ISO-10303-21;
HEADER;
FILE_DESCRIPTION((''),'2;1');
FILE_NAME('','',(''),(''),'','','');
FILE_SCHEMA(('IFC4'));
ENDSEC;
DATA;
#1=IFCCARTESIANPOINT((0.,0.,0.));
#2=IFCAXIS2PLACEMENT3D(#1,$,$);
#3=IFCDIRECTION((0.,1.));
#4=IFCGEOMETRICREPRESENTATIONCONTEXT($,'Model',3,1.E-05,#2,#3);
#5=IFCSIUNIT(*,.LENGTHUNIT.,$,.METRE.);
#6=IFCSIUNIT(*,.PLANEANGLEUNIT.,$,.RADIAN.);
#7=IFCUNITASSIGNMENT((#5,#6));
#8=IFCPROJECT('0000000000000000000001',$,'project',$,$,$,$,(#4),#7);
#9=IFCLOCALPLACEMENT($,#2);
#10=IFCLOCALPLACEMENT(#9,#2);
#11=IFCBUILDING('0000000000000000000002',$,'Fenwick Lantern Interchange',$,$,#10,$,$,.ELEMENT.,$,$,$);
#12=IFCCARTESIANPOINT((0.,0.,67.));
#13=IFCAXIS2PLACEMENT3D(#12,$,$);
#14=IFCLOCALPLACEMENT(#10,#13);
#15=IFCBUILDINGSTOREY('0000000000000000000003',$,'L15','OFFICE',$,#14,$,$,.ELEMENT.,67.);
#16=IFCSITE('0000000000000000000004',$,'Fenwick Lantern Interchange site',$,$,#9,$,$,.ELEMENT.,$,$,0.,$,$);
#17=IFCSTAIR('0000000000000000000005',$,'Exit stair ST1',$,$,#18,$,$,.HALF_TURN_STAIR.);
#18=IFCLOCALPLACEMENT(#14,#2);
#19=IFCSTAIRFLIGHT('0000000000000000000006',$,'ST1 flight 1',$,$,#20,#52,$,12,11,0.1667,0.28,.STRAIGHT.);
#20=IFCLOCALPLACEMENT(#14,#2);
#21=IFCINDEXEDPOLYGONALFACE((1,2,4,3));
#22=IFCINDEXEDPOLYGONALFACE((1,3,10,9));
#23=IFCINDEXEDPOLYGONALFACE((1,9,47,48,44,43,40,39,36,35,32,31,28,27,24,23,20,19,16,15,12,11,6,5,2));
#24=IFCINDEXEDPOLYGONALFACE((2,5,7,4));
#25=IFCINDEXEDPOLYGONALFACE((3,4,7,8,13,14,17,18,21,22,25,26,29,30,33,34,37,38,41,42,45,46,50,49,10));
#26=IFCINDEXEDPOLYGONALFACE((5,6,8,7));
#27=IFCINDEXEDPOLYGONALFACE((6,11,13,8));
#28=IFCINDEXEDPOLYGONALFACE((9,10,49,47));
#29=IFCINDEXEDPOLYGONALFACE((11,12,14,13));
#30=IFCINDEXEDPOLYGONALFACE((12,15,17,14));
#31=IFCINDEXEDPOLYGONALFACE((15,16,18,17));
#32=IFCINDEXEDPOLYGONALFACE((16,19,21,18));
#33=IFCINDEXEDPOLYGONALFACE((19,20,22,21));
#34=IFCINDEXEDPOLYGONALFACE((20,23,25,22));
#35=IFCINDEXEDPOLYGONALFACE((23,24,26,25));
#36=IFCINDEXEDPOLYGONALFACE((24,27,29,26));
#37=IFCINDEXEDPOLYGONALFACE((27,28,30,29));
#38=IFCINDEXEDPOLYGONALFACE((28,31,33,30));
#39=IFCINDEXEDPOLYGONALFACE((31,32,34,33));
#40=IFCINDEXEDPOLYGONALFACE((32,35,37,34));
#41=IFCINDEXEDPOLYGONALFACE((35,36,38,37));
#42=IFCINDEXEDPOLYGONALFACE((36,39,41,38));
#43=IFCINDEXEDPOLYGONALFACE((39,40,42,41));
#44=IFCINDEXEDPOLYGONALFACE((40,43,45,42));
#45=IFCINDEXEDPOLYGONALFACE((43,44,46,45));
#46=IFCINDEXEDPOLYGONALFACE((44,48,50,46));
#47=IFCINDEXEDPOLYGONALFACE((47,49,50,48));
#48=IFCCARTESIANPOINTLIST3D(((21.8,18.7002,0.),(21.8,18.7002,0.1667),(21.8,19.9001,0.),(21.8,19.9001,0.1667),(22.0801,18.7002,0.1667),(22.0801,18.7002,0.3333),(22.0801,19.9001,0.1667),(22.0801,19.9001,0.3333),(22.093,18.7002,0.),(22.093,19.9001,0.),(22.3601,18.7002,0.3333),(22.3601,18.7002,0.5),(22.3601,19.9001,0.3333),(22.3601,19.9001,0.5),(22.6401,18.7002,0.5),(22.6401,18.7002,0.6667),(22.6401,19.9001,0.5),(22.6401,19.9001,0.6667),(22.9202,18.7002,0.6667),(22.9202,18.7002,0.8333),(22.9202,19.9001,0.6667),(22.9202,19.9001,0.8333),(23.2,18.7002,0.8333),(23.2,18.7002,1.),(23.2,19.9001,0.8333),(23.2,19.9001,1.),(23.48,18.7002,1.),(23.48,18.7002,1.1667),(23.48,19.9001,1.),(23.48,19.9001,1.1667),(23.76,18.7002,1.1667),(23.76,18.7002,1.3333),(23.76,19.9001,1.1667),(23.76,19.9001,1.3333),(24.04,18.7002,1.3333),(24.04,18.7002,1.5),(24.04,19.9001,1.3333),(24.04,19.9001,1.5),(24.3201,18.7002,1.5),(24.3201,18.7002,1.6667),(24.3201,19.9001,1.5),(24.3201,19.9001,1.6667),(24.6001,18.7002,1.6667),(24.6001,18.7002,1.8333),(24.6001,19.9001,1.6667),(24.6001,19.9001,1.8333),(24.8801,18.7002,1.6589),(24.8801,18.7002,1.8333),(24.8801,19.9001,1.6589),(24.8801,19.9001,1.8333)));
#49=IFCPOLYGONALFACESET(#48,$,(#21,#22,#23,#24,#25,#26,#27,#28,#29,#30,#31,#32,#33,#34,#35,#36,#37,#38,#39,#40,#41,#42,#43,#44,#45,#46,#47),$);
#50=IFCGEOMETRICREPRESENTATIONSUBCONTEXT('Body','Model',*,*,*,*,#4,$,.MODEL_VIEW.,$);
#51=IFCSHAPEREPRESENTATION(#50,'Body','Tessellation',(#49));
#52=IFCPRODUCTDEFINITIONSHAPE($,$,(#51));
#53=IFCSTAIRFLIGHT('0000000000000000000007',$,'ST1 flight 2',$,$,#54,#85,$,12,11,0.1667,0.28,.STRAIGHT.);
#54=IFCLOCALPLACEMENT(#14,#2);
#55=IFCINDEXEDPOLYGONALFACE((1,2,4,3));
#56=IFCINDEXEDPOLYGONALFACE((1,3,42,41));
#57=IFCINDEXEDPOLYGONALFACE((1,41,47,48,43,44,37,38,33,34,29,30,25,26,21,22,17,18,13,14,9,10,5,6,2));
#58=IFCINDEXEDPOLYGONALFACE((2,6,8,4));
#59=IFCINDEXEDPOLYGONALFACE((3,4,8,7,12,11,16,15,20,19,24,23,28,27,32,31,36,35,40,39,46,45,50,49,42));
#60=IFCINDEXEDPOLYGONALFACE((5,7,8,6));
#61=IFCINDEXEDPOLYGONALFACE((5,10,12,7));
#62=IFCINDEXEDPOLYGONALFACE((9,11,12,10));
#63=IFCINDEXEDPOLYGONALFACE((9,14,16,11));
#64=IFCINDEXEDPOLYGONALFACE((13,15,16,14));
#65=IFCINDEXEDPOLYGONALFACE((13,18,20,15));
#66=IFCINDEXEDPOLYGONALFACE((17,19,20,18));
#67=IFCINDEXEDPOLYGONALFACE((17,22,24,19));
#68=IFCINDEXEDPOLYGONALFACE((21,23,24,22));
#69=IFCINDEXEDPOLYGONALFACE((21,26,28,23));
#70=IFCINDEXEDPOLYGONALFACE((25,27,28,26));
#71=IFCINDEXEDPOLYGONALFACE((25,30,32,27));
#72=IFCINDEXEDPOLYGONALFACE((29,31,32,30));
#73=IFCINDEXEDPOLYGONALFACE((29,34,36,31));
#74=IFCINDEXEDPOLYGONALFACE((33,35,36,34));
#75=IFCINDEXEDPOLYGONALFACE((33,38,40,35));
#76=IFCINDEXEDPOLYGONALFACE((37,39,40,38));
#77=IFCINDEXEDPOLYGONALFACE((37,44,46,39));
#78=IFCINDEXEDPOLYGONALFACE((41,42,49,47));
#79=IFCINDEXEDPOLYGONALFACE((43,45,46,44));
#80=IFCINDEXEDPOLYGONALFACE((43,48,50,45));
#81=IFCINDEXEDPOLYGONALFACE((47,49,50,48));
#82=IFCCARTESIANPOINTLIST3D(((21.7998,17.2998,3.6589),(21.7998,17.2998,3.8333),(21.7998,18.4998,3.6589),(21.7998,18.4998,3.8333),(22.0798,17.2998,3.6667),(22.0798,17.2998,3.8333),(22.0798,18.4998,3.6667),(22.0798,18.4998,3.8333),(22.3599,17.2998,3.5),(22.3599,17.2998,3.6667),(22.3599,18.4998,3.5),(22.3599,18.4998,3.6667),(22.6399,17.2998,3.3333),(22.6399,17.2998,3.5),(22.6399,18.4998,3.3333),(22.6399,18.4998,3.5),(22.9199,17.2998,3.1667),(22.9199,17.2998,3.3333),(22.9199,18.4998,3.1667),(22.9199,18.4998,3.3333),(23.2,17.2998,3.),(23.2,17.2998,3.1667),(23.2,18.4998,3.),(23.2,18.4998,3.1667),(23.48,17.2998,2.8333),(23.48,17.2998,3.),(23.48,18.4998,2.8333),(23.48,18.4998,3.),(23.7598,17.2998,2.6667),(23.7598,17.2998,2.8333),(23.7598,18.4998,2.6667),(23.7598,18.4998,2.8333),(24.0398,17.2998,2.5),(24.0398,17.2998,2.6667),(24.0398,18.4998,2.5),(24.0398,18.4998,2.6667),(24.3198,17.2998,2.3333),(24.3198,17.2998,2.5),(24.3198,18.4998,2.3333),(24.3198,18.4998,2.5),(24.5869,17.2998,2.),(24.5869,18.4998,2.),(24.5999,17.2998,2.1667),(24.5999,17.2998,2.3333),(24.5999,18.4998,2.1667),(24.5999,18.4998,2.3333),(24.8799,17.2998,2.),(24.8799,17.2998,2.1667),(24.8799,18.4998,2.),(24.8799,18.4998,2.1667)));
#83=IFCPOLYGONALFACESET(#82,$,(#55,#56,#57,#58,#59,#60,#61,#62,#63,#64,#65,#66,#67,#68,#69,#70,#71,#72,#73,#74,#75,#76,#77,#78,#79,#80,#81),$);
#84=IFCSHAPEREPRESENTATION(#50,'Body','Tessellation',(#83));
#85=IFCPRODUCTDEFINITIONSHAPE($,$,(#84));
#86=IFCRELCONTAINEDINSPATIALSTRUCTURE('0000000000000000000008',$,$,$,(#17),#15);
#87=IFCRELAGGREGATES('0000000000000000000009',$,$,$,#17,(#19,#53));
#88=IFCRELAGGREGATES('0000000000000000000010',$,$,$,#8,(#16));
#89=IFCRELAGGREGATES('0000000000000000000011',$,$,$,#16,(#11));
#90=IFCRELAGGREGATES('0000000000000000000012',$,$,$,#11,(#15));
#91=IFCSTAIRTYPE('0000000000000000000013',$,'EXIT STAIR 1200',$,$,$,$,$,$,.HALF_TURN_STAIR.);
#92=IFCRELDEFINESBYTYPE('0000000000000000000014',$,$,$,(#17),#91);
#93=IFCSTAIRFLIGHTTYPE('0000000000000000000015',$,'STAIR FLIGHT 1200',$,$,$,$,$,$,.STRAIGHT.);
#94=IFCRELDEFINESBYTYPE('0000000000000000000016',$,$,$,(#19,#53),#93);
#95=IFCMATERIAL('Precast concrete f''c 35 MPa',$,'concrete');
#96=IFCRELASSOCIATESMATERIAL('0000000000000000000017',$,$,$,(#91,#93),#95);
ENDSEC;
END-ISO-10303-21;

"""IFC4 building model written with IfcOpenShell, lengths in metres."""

from ifc_helpers import new_model, si_unit, direction, frame, origin, place, context, subcontext, project, spatial, polyline, outline, extrude, material, type_object, element, aggregate, save


model = new_model("IFC4")

# Units and contexts
model_context = context("Model", 3, precision=1e-05, world=origin(), true_north=direction((0.0, 1.0)))
body_context = subcontext(model_context, "Body", "Model", "MODEL_VIEW")
ifc_project = project(units=[si_unit("LENGTHUNIT", "METRE"), si_unit("PLANEANGLEUNIT", "RADIAN")], contexts=[model_context])

# Site, building, storey
site_placement = place(None, origin())
site = spatial("IfcSite", under=ifc_project, at=site_placement, Name="Fenwick Lantern Interchange site", CompositionType="ELEMENT", RefElevation=0.0)
building_placement = place(site_placement, origin())
building = spatial("IfcBuilding", under=site, at=building_placement, Name="Fenwick Lantern Interchange", CompositionType="ELEMENT")
storey_placement = place(building_placement, frame((0.0, 0.0, 67.0)))
storey = spatial("IfcBuildingStorey", under=building, at=storey_placement, Name="L15", Description="OFFICE", CompositionType="ELEMENT", Elevation=67.0)

# Stair, stair flights
ifc_material_1 = material(Name="Precast concrete f'c 35 MPa", Category="concrete")
stair_type = type_object("IfcStairType", Name="EXIT STAIR 1200", PredefinedType="HALF_TURN_STAIR", material=ifc_material_1)
stair_placement = place(storey_placement, origin())
stair = element("IfcStair", 1, at=stair_placement, inside=storey, type_object=stair_type, Name="Exit stair ST1", PredefinedType="HALF_TURN_STAIR")
stair_flight_type = type_object("IfcStairFlightType", Name="STAIR FLIGHT 1200", PredefinedType="STRAIGHT", material=ifc_material_1)
stair_flight_1_placement = place(storey_placement, frame((21.8, 19.3, 0.0), z_axis=(0.0, 0.0, 1.0), x_axis=(1.0, 0.0, 0.0)))
stair_flight_1 = element("IfcStairFlight", 2, at=stair_flight_1_placement, type_object=stair_flight_type, Name="ST1 flight 1", NumberOfRisers=12, NumberOfTreads=11, PredefinedType="STRAIGHT", RiserHeight=0.1667, TreadLength=0.28, context=body_context, shape_type="SweptSolid", body=[
    extrude(outline(polyline([(0.0, 0.0), (0.0, 0.1667), (0.28, 0.1667), (0.28, 0.3333), (0.5601, 0.3333), (0.5601, 0.5), (0.8401, 0.5), (0.8401, 0.6667), (1.1201, 0.6667), (1.1201, 0.8333), (1.3999, 0.8333), (1.3999, 1.0), (1.6799, 1.0), (1.6799, 1.1667), (1.96, 1.1667), (1.96, 1.3333), (2.24, 1.3333), (2.24, 1.5), (2.52, 1.5), (2.52, 1.6667), (2.8, 1.6667), (2.8, 1.8333), (3.0801, 1.8333), (3.0801, 2.0), (3.0801, 1.6589), (0.293, 0.0), (0.0, 0.0)])), frame((0.0, 0.6001, 0.0), z_axis=(0.0, -1.0, 0.0), x_axis=(1.0, 0.0, 0.0)), (0.0, 0.0, 1.0), 1.2),
])
stair_flight_2_placement = place(storey_placement, frame((24.8799, 17.8999, 2.0), z_axis=(0.0, 0.0, 1.0), x_axis=(-1.0, 0.0, 0.0)))
stair_flight_2 = element("IfcStairFlight", 3, at=stair_flight_2_placement, type_object=stair_flight_type, Name="ST1 flight 2", NumberOfRisers=12, NumberOfTreads=11, PredefinedType="STRAIGHT", RiserHeight=0.1667, TreadLength=0.28, context=body_context, shape_type="SweptSolid", body=[
    extrude(outline(polyline([(0.0, 0.0), (0.0, 0.1667), (0.28, 0.1667), (0.28, 0.3333), (0.5601, 0.3333), (0.5601, 0.5), (0.8401, 0.5), (0.8401, 0.6667), (1.1201, 0.6667), (1.1201, 0.8333), (1.3999, 0.8333), (1.3999, 1.0), (1.6799, 1.0), (1.6799, 1.1667), (1.96, 1.1667), (1.96, 1.3333), (2.24, 1.3333), (2.24, 1.5), (2.52, 1.5), (2.52, 1.6667), (2.8, 1.6667), (2.8, 1.8333), (3.0801, 1.8333), (3.0801, 2.0), (3.0801, 1.6589), (0.293, 0.0), (0.0, 0.0)])), frame((0.0, 0.6001, 0.0), z_axis=(0.0, -1.0, 0.0), x_axis=(1.0, 0.0, 0.0)), (0.0, 0.0, 1.0), 1.2),
])
aggregate(stair, [stair_flight_1, stair_flight_2])

save(model, "model.ifc")
